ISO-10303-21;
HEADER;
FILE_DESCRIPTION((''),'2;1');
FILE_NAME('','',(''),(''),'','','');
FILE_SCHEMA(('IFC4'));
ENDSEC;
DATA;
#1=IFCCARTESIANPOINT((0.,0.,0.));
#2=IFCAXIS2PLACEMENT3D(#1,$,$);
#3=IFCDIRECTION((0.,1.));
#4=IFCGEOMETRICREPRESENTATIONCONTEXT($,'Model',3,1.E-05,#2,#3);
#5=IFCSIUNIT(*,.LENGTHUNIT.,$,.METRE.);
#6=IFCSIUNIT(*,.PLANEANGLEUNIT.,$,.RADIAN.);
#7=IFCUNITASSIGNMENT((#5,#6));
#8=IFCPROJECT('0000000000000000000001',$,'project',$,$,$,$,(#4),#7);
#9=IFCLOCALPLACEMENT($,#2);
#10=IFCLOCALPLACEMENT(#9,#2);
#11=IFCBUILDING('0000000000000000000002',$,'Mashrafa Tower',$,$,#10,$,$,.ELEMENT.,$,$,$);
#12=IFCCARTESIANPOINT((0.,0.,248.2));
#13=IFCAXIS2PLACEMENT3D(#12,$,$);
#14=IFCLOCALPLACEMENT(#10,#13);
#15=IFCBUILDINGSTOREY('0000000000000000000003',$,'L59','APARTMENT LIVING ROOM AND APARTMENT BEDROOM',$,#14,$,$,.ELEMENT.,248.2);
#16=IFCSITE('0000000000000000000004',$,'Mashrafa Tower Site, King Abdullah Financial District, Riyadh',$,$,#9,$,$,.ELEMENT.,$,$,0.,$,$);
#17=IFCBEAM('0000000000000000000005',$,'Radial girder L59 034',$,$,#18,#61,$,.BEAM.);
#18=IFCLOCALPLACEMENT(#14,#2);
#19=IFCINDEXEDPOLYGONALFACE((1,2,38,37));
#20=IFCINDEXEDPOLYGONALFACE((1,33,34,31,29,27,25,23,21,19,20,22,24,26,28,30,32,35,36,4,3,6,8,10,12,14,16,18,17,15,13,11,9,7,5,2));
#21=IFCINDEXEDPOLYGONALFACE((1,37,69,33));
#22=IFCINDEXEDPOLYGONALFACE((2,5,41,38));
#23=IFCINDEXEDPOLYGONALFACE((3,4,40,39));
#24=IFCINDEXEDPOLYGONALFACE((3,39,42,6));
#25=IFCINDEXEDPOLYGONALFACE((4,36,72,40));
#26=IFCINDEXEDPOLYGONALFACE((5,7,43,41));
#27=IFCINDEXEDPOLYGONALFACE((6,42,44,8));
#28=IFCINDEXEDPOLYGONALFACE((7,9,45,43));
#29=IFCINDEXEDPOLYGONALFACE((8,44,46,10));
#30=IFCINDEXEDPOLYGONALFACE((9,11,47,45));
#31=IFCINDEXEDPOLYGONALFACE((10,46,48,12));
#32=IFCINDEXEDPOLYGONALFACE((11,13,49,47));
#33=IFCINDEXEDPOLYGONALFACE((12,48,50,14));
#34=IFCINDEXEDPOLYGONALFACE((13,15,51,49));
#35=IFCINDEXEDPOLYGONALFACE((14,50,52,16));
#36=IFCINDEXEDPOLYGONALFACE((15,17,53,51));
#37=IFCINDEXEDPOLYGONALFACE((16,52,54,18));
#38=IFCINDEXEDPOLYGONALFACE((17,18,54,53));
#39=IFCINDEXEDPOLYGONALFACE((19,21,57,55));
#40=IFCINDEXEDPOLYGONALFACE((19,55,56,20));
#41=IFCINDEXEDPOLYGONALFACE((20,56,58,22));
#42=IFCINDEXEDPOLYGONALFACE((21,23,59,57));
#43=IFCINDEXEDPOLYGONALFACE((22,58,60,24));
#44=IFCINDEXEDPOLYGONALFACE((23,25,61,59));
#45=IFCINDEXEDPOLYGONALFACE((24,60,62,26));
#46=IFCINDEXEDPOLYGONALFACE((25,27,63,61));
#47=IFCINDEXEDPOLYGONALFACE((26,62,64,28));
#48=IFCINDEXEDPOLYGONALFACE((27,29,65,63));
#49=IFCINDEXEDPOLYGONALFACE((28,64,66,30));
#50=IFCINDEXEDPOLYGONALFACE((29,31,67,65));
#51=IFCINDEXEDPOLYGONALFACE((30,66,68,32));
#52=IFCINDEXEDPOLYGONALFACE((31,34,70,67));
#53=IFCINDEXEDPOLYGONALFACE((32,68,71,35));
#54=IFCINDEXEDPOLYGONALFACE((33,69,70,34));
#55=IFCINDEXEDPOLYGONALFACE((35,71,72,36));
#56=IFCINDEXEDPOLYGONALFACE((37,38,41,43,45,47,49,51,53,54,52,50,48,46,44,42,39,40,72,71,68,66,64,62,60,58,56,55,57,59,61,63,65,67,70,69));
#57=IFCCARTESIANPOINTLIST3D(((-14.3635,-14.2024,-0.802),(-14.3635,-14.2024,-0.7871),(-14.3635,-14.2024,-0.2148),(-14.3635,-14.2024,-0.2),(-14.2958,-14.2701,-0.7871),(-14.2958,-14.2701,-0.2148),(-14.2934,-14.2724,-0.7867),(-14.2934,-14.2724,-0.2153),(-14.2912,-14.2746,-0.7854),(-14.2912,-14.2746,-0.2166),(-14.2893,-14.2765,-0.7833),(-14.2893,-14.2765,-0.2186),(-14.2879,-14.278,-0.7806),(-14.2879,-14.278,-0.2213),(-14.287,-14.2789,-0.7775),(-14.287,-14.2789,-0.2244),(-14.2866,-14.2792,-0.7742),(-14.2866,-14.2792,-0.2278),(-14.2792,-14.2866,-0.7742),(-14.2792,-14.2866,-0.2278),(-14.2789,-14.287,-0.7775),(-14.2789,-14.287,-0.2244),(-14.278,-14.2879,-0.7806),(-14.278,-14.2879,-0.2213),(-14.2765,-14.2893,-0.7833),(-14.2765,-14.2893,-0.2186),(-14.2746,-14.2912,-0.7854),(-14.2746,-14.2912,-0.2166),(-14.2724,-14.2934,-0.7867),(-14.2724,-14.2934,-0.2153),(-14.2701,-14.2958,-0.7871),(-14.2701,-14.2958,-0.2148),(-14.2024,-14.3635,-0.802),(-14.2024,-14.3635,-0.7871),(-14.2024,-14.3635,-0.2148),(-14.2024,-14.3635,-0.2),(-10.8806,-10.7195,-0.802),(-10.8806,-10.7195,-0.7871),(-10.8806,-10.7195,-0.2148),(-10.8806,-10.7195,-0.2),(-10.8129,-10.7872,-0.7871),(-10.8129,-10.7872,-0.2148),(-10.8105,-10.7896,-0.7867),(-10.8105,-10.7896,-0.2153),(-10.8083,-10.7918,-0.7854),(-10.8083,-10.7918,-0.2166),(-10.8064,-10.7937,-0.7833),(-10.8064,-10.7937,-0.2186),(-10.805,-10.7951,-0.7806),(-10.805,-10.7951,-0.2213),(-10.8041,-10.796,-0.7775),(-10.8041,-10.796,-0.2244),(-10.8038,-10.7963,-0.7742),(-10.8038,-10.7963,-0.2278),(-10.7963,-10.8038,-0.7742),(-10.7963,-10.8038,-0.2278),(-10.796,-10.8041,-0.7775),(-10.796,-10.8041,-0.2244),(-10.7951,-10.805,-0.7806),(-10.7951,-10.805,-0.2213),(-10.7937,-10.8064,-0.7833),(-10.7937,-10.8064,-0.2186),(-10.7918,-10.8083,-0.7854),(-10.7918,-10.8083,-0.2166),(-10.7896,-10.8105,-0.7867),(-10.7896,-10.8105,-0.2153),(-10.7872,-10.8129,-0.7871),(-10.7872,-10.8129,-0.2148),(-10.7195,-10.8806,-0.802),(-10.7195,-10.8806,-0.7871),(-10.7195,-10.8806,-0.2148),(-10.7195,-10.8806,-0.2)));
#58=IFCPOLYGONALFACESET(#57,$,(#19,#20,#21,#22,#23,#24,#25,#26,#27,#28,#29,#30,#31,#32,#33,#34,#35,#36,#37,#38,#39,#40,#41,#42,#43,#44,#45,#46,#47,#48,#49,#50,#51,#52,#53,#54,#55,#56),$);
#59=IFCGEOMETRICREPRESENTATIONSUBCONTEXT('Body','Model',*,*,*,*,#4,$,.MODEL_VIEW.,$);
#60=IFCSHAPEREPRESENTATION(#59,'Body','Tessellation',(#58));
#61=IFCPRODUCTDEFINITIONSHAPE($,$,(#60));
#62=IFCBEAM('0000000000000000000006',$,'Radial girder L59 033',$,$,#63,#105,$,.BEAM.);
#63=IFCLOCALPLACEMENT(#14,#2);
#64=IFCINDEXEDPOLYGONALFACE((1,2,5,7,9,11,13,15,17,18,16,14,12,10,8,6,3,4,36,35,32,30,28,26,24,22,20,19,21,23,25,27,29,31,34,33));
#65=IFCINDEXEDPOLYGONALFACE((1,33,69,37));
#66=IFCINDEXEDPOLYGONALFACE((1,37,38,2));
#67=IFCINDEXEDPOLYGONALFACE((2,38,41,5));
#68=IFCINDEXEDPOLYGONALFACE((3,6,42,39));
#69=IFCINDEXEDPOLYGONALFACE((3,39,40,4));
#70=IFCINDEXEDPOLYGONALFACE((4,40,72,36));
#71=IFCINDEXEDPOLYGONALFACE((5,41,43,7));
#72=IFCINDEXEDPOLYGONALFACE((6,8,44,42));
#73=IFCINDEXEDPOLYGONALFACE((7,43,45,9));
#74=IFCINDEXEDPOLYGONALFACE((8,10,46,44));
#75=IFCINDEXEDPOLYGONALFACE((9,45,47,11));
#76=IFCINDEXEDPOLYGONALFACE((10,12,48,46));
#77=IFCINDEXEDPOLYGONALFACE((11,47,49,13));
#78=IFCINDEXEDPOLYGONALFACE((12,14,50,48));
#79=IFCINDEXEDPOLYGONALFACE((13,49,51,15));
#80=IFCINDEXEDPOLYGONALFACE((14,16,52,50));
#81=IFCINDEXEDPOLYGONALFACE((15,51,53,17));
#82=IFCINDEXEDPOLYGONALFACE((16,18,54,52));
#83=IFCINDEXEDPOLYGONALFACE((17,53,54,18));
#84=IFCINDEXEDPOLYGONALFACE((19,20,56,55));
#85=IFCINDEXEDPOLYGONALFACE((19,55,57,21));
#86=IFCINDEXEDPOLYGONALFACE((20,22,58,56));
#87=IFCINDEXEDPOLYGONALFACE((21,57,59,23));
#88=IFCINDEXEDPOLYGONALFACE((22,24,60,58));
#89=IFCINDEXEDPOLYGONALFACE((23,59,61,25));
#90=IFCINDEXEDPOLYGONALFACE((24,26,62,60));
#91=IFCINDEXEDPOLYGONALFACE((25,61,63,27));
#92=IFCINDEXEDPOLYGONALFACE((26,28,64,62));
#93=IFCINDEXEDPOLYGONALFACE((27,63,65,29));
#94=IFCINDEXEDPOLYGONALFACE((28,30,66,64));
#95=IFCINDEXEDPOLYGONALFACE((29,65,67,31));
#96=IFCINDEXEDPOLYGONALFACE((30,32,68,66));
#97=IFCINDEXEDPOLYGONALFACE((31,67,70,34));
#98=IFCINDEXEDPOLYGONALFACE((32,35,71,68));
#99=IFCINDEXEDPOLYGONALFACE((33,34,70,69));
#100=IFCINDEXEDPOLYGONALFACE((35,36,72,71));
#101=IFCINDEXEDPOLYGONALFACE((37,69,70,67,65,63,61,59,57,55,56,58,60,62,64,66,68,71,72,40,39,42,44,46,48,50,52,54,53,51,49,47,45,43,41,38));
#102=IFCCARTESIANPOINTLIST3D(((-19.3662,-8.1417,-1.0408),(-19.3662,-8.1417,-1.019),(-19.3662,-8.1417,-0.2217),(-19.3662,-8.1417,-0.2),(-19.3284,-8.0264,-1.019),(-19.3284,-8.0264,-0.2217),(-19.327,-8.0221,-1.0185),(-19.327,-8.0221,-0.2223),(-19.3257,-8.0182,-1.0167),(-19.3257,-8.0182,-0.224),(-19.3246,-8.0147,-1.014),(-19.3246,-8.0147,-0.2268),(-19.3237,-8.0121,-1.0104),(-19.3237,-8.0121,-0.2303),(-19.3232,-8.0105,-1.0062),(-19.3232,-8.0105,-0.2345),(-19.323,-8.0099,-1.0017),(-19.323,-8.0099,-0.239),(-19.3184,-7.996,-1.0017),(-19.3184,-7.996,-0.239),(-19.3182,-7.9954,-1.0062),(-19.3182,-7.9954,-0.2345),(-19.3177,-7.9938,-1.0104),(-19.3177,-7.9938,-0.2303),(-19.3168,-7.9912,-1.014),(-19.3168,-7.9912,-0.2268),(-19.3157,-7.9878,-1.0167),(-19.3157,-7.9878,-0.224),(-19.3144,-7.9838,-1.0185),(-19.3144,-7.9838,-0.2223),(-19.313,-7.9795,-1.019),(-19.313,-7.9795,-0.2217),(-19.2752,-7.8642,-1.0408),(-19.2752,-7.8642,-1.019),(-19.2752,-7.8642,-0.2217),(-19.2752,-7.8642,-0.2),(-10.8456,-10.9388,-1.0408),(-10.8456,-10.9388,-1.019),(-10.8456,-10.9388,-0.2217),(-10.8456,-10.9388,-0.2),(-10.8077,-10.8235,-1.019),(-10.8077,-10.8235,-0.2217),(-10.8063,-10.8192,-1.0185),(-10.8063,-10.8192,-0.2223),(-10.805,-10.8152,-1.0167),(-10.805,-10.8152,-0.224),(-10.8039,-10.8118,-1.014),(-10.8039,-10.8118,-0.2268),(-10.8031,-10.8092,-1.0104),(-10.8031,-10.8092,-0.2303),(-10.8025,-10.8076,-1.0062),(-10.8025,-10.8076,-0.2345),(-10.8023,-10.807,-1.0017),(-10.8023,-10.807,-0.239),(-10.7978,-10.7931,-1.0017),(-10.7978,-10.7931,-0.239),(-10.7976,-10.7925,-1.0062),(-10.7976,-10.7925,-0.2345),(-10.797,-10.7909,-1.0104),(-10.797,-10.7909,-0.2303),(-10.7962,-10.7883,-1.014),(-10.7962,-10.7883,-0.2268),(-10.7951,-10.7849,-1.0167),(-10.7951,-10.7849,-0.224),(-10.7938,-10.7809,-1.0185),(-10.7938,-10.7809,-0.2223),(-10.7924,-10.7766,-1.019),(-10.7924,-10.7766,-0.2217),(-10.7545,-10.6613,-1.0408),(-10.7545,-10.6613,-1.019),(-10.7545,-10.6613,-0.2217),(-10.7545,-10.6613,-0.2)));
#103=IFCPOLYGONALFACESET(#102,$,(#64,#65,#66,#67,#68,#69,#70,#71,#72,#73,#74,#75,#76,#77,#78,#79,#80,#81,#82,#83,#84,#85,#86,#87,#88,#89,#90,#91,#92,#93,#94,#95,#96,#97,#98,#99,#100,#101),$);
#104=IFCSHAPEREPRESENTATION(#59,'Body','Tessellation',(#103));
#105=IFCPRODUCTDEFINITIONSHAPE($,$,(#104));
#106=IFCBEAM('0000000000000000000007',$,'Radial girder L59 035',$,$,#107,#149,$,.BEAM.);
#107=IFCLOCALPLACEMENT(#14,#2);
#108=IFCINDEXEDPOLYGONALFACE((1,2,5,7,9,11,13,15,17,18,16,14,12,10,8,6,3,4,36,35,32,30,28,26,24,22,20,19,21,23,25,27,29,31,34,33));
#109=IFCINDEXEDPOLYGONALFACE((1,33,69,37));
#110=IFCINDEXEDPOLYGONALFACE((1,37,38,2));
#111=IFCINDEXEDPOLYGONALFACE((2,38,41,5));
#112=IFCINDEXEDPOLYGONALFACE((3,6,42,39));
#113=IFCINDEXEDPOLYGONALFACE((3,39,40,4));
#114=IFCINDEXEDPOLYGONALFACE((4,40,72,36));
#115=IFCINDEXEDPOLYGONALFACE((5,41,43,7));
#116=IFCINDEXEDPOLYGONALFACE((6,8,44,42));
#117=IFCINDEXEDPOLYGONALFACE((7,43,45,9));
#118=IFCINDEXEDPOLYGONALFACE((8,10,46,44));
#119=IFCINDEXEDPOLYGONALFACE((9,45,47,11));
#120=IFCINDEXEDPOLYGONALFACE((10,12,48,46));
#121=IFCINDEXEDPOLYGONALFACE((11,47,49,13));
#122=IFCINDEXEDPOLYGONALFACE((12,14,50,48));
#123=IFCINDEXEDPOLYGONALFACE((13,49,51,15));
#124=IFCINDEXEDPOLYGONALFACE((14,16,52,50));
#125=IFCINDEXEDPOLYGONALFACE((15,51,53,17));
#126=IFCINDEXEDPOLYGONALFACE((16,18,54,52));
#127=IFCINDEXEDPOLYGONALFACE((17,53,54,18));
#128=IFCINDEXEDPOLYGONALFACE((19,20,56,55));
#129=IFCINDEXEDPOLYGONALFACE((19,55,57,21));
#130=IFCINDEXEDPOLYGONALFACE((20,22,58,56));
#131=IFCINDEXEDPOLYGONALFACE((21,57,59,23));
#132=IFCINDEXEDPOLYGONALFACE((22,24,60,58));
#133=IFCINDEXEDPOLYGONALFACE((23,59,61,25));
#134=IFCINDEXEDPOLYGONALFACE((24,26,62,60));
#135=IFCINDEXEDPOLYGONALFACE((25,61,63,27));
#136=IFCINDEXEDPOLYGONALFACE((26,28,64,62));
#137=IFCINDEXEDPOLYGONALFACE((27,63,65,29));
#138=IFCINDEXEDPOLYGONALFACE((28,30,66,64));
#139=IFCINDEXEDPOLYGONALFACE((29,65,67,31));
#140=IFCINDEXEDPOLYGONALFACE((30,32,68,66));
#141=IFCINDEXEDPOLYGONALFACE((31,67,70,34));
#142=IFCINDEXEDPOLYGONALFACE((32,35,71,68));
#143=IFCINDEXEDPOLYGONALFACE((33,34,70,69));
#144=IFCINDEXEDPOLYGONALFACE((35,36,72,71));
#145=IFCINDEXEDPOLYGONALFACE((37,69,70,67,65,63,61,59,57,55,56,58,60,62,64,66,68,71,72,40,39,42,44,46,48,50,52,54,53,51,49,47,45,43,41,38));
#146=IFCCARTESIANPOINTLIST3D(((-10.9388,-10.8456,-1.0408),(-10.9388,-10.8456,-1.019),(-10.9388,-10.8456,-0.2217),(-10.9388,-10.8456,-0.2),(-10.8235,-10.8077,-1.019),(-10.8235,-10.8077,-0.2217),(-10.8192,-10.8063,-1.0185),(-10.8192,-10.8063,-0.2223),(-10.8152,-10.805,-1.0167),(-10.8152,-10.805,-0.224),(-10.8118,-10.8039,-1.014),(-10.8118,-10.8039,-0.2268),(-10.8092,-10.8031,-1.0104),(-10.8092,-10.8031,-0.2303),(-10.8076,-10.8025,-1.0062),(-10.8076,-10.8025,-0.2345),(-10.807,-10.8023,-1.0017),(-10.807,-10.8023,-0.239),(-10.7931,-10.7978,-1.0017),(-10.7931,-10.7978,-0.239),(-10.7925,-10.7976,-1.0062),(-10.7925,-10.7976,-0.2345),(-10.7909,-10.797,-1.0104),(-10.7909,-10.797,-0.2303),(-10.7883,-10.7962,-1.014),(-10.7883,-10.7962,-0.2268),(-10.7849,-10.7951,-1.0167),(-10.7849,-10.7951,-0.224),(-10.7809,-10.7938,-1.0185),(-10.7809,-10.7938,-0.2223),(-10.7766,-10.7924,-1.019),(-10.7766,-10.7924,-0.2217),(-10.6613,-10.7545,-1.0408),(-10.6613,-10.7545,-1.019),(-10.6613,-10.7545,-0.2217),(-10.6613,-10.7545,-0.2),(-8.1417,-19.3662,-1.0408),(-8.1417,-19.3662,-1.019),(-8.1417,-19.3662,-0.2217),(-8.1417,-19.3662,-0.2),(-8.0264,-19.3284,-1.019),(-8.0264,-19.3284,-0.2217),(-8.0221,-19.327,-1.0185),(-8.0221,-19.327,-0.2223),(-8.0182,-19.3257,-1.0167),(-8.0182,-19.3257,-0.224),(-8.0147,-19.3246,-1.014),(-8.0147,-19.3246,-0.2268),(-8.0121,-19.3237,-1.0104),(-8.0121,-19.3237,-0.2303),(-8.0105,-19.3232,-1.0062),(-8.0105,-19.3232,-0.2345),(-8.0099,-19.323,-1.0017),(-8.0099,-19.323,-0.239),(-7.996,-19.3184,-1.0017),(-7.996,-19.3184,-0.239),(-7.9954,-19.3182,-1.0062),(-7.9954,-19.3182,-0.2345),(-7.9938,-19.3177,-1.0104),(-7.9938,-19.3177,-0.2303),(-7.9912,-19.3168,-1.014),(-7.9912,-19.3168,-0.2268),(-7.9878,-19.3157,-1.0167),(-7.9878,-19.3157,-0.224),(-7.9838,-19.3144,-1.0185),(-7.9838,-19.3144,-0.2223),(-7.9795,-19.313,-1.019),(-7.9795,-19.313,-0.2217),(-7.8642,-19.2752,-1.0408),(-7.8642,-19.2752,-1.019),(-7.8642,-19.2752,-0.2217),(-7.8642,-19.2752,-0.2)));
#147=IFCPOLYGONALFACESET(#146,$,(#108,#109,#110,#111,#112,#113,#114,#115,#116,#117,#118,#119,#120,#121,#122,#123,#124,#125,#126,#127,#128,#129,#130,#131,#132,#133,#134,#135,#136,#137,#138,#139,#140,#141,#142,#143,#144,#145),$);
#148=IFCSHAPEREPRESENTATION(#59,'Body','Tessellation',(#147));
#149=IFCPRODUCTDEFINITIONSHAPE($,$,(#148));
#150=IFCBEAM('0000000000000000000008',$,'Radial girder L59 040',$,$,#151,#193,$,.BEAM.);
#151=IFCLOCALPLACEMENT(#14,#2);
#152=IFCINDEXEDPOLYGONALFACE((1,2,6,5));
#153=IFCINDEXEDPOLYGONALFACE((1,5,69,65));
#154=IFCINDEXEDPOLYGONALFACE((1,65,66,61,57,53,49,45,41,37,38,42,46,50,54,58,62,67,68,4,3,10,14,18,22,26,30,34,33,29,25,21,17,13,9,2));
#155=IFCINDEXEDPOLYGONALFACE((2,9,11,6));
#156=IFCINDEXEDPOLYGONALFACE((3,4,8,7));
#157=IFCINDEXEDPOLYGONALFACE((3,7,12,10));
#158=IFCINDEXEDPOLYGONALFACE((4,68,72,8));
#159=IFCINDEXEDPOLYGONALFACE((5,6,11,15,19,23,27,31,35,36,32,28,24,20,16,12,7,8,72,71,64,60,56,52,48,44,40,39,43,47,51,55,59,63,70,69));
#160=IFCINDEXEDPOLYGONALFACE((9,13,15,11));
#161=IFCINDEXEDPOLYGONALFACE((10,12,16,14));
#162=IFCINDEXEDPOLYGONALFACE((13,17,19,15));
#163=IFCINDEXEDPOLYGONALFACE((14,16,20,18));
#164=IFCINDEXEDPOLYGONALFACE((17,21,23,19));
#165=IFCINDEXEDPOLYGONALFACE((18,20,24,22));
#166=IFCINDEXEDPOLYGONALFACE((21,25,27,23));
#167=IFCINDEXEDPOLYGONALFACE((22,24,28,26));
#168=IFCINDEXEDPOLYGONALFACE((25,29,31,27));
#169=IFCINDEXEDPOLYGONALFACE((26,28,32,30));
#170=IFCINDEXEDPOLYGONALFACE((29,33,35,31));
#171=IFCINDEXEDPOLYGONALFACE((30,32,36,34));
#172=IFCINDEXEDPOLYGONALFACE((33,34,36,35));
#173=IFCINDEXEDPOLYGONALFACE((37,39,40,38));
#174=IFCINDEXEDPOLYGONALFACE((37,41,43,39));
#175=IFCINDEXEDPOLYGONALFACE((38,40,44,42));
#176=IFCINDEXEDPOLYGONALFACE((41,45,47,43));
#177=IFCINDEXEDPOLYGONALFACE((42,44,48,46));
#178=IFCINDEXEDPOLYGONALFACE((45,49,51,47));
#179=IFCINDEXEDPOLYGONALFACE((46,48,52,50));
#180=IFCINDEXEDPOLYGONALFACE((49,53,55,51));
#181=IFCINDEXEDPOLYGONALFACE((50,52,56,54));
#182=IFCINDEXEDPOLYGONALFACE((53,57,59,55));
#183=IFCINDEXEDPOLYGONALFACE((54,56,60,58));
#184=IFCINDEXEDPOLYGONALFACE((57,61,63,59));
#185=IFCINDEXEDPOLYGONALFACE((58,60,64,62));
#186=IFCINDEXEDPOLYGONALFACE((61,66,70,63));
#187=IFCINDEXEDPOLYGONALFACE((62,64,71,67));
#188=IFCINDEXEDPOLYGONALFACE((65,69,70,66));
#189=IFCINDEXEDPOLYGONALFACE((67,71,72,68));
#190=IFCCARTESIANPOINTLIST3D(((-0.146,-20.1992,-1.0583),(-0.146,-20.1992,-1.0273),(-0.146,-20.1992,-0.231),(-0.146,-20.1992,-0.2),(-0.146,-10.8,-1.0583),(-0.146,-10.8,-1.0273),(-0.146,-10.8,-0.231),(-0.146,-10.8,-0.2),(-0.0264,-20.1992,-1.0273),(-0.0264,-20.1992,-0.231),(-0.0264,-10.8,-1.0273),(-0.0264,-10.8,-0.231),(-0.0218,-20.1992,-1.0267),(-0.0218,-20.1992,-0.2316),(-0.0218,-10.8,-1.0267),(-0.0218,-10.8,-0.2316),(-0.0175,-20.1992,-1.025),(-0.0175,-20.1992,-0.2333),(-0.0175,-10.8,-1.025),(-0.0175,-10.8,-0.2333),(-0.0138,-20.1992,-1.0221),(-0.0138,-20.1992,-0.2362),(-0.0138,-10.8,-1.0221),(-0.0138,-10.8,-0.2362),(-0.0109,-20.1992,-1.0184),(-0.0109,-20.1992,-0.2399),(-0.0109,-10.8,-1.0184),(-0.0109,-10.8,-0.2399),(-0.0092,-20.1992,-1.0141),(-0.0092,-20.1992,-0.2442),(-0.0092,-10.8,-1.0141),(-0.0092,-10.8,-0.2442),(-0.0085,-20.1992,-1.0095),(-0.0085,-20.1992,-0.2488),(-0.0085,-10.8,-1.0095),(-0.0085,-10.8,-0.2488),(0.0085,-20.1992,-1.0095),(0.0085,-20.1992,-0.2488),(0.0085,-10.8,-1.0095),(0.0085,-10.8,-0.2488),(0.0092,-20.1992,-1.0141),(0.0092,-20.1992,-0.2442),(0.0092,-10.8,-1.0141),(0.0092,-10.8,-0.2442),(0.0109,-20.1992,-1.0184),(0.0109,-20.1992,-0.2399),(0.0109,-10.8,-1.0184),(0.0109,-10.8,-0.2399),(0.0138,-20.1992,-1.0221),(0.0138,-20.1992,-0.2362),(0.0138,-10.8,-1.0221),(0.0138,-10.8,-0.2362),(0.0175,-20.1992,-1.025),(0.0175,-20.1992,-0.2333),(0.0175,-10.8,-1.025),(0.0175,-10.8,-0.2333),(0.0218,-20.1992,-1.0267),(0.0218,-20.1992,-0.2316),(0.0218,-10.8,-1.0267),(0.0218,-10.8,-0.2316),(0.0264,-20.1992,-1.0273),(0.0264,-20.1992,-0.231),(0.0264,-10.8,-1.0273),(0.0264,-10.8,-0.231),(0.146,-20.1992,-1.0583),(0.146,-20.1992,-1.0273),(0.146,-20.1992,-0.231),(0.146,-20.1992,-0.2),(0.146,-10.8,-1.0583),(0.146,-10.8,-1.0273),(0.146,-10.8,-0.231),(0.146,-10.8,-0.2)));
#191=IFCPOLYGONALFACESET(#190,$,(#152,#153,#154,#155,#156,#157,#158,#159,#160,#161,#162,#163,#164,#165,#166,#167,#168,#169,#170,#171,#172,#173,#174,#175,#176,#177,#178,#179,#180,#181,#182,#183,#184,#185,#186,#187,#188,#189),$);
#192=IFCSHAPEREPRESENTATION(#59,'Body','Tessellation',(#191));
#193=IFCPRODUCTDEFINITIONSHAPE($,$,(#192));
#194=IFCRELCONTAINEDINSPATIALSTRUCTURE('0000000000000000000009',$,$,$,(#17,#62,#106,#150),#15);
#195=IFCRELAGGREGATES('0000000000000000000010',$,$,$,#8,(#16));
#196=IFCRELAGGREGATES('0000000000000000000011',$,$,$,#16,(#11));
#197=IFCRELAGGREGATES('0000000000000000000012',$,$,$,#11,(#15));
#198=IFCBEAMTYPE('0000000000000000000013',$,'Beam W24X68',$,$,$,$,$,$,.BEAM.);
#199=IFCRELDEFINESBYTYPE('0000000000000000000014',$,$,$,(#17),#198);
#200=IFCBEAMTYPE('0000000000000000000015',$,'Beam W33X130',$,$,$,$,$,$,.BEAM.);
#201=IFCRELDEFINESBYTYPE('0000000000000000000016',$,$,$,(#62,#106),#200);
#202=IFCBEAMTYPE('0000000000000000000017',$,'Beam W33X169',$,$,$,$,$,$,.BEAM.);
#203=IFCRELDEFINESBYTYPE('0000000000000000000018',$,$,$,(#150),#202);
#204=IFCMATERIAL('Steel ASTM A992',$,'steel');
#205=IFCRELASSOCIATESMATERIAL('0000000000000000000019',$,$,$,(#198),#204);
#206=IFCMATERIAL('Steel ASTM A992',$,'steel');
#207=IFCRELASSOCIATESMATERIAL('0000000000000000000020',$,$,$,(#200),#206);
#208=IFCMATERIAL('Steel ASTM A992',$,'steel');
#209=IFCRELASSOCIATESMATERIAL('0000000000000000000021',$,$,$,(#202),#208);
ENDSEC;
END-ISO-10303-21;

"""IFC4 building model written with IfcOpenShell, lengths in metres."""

from ifc_helpers import new_model, si_unit, direction, frame, origin, origin_2d, place, context, subcontext, project, spatial, i_section, extrude, material, material_profile, profile_set, type_object, element, save


model = new_model("IFC4")

# Units and contexts
model_context = context("Model", 3, precision=1e-05, world=origin(), true_north=direction((0.0, 1.0)))
body_context = subcontext(model_context, "Body", "Model", "MODEL_VIEW")
ifc_project = project(units=[si_unit("LENGTHUNIT", "METRE"), si_unit("PLANEANGLEUNIT", "RADIAN")], contexts=[model_context])

# Site, building, storey
site_placement = place(None, origin())
site = spatial("IfcSite", under=ifc_project, at=site_placement, Name="Mashrafa Tower Site, King Abdullah Financial District, Riyadh", CompositionType="ELEMENT", RefElevation=0.0)
building_placement = place(site_placement, origin())
building = spatial("IfcBuilding", under=site, at=building_placement, Name="Mashrafa Tower", CompositionType="ELEMENT")
storey_placement = place(building_placement, frame((0.0, 0.0, 248.2)))
storey = spatial("IfcBuildingStorey", under=building, at=storey_placement, Name="L59", Description="APARTMENT LIVING ROOM AND APARTMENT BEDROOM", CompositionType="ELEMENT", Elevation=248.2)

# Beams
ifc_material_1 = material(Name="Steel ASTM A992", Category="steel")
ifc_material_profile_1 = material_profile(ifc_material_1, i_section(OverallWidth=0.2278, OverallDepth=0.6021, WebThickness=0.0105, FlangeThickness=0.0149, FilletRadius=0.0129, at=origin_2d()), Name="W24X68")
ifc_profile_set_1 = profile_set([ifc_material_profile_1], Name="Steel ASTM A992")
beam_type_1 = type_object("IfcBeamType", Name="Beam W24X68", PredefinedType="BEAM", material=ifc_profile_set_1)
beam_1_placement = place(storey_placement, frame((-10.8, -10.8, -0.501), z_axis=(-0.707107, -0.707107, 0.0), x_axis=(0.707107, -0.707107, 0.0)))
element("IfcBeam", 1, at=beam_1_placement, inside=storey, type_object=beam_type_1, Name="Radial girder L59 034", PredefinedType="BEAM", context=body_context, shape_type="SweptSolid", body=[
    extrude(i_section(OverallWidth=0.2278, OverallDepth=0.6021, WebThickness=0.0105, FlangeThickness=0.0149, FilletRadius=0.0129, at=origin_2d()), origin(), (0.0, 0.0, 1.0), 4.9255),
])
ifc_material_2 = material(Name="Steel ASTM A992", Category="steel")
ifc_material_profile_2 = material_profile(ifc_material_2, i_section(OverallWidth=0.292, OverallDepth=0.8408, WebThickness=0.0146, FlangeThickness=0.0217, FilletRadius=0.0173, at=origin_2d()), Name="W33X130")
ifc_profile_set_2 = profile_set([ifc_material_profile_2], Name="Steel ASTM A992")
beam_type_2 = type_object("IfcBeamType", Name="Beam W33X130", PredefinedType="BEAM", material=ifc_profile_set_2)
for number, where, z_axis, x_axis, name in (
    (2, (-10.8, -10.8, -0.6204), (-0.950116, 0.311896, 0.0), (-0.311896, -0.950116, 0.0), "Radial girder L59 033"),
    (3, (-10.8, -10.8, -0.6204), (0.311896, -0.950116, 0.0), (0.950116, 0.311896, 0.0), "Radial girder L59 035"),
):
    element("IfcBeam", number, at=place(storey_placement, frame(where, z_axis=z_axis, x_axis=x_axis)), inside=storey, type_object=beam_type_2, Name=name, PredefinedType="BEAM", context=body_context, shape_type="SweptSolid", body=[
        extrude(i_section(OverallWidth=0.292, OverallDepth=0.8408, WebThickness=0.0146, FlangeThickness=0.0217, FilletRadius=0.0173, at=origin_2d()), origin(), (0.0, 0.0, 1.0), 8.968),
    ])
ifc_material_3 = material(Name="Steel ASTM A992", Category="steel")
ifc_material_profile_3 = material_profile(ifc_material_3, i_section(OverallWidth=0.292, OverallDepth=0.8584, WebThickness=0.0171, FlangeThickness=0.031, FilletRadius=0.0178, at=origin_2d()), Name="W33X169")
ifc_profile_set_3 = profile_set([ifc_material_profile_3], Name="Steel ASTM A992")
beam_type_3 = type_object("IfcBeamType", Name="Beam W33X169", PredefinedType="BEAM", material=ifc_profile_set_3)
beam_2_placement = place(storey_placement, frame((0.0, -10.8, -0.6292), z_axis=(0.0, -1.0, 0.0), x_axis=(1.0, 0.0, 0.0)))
element("IfcBeam", 4, at=beam_2_placement, inside=storey, type_object=beam_type_3, Name="Radial girder L59 040", PredefinedType="BEAM", context=body_context, shape_type="SweptSolid", body=[
    extrude(i_section(OverallWidth=0.292, OverallDepth=0.8584, WebThickness=0.0171, FlangeThickness=0.031, FilletRadius=0.0178, at=origin_2d()), origin(), (0.0, 0.0, 1.0), 9.3992),
])

save(model, "model.ifc")
